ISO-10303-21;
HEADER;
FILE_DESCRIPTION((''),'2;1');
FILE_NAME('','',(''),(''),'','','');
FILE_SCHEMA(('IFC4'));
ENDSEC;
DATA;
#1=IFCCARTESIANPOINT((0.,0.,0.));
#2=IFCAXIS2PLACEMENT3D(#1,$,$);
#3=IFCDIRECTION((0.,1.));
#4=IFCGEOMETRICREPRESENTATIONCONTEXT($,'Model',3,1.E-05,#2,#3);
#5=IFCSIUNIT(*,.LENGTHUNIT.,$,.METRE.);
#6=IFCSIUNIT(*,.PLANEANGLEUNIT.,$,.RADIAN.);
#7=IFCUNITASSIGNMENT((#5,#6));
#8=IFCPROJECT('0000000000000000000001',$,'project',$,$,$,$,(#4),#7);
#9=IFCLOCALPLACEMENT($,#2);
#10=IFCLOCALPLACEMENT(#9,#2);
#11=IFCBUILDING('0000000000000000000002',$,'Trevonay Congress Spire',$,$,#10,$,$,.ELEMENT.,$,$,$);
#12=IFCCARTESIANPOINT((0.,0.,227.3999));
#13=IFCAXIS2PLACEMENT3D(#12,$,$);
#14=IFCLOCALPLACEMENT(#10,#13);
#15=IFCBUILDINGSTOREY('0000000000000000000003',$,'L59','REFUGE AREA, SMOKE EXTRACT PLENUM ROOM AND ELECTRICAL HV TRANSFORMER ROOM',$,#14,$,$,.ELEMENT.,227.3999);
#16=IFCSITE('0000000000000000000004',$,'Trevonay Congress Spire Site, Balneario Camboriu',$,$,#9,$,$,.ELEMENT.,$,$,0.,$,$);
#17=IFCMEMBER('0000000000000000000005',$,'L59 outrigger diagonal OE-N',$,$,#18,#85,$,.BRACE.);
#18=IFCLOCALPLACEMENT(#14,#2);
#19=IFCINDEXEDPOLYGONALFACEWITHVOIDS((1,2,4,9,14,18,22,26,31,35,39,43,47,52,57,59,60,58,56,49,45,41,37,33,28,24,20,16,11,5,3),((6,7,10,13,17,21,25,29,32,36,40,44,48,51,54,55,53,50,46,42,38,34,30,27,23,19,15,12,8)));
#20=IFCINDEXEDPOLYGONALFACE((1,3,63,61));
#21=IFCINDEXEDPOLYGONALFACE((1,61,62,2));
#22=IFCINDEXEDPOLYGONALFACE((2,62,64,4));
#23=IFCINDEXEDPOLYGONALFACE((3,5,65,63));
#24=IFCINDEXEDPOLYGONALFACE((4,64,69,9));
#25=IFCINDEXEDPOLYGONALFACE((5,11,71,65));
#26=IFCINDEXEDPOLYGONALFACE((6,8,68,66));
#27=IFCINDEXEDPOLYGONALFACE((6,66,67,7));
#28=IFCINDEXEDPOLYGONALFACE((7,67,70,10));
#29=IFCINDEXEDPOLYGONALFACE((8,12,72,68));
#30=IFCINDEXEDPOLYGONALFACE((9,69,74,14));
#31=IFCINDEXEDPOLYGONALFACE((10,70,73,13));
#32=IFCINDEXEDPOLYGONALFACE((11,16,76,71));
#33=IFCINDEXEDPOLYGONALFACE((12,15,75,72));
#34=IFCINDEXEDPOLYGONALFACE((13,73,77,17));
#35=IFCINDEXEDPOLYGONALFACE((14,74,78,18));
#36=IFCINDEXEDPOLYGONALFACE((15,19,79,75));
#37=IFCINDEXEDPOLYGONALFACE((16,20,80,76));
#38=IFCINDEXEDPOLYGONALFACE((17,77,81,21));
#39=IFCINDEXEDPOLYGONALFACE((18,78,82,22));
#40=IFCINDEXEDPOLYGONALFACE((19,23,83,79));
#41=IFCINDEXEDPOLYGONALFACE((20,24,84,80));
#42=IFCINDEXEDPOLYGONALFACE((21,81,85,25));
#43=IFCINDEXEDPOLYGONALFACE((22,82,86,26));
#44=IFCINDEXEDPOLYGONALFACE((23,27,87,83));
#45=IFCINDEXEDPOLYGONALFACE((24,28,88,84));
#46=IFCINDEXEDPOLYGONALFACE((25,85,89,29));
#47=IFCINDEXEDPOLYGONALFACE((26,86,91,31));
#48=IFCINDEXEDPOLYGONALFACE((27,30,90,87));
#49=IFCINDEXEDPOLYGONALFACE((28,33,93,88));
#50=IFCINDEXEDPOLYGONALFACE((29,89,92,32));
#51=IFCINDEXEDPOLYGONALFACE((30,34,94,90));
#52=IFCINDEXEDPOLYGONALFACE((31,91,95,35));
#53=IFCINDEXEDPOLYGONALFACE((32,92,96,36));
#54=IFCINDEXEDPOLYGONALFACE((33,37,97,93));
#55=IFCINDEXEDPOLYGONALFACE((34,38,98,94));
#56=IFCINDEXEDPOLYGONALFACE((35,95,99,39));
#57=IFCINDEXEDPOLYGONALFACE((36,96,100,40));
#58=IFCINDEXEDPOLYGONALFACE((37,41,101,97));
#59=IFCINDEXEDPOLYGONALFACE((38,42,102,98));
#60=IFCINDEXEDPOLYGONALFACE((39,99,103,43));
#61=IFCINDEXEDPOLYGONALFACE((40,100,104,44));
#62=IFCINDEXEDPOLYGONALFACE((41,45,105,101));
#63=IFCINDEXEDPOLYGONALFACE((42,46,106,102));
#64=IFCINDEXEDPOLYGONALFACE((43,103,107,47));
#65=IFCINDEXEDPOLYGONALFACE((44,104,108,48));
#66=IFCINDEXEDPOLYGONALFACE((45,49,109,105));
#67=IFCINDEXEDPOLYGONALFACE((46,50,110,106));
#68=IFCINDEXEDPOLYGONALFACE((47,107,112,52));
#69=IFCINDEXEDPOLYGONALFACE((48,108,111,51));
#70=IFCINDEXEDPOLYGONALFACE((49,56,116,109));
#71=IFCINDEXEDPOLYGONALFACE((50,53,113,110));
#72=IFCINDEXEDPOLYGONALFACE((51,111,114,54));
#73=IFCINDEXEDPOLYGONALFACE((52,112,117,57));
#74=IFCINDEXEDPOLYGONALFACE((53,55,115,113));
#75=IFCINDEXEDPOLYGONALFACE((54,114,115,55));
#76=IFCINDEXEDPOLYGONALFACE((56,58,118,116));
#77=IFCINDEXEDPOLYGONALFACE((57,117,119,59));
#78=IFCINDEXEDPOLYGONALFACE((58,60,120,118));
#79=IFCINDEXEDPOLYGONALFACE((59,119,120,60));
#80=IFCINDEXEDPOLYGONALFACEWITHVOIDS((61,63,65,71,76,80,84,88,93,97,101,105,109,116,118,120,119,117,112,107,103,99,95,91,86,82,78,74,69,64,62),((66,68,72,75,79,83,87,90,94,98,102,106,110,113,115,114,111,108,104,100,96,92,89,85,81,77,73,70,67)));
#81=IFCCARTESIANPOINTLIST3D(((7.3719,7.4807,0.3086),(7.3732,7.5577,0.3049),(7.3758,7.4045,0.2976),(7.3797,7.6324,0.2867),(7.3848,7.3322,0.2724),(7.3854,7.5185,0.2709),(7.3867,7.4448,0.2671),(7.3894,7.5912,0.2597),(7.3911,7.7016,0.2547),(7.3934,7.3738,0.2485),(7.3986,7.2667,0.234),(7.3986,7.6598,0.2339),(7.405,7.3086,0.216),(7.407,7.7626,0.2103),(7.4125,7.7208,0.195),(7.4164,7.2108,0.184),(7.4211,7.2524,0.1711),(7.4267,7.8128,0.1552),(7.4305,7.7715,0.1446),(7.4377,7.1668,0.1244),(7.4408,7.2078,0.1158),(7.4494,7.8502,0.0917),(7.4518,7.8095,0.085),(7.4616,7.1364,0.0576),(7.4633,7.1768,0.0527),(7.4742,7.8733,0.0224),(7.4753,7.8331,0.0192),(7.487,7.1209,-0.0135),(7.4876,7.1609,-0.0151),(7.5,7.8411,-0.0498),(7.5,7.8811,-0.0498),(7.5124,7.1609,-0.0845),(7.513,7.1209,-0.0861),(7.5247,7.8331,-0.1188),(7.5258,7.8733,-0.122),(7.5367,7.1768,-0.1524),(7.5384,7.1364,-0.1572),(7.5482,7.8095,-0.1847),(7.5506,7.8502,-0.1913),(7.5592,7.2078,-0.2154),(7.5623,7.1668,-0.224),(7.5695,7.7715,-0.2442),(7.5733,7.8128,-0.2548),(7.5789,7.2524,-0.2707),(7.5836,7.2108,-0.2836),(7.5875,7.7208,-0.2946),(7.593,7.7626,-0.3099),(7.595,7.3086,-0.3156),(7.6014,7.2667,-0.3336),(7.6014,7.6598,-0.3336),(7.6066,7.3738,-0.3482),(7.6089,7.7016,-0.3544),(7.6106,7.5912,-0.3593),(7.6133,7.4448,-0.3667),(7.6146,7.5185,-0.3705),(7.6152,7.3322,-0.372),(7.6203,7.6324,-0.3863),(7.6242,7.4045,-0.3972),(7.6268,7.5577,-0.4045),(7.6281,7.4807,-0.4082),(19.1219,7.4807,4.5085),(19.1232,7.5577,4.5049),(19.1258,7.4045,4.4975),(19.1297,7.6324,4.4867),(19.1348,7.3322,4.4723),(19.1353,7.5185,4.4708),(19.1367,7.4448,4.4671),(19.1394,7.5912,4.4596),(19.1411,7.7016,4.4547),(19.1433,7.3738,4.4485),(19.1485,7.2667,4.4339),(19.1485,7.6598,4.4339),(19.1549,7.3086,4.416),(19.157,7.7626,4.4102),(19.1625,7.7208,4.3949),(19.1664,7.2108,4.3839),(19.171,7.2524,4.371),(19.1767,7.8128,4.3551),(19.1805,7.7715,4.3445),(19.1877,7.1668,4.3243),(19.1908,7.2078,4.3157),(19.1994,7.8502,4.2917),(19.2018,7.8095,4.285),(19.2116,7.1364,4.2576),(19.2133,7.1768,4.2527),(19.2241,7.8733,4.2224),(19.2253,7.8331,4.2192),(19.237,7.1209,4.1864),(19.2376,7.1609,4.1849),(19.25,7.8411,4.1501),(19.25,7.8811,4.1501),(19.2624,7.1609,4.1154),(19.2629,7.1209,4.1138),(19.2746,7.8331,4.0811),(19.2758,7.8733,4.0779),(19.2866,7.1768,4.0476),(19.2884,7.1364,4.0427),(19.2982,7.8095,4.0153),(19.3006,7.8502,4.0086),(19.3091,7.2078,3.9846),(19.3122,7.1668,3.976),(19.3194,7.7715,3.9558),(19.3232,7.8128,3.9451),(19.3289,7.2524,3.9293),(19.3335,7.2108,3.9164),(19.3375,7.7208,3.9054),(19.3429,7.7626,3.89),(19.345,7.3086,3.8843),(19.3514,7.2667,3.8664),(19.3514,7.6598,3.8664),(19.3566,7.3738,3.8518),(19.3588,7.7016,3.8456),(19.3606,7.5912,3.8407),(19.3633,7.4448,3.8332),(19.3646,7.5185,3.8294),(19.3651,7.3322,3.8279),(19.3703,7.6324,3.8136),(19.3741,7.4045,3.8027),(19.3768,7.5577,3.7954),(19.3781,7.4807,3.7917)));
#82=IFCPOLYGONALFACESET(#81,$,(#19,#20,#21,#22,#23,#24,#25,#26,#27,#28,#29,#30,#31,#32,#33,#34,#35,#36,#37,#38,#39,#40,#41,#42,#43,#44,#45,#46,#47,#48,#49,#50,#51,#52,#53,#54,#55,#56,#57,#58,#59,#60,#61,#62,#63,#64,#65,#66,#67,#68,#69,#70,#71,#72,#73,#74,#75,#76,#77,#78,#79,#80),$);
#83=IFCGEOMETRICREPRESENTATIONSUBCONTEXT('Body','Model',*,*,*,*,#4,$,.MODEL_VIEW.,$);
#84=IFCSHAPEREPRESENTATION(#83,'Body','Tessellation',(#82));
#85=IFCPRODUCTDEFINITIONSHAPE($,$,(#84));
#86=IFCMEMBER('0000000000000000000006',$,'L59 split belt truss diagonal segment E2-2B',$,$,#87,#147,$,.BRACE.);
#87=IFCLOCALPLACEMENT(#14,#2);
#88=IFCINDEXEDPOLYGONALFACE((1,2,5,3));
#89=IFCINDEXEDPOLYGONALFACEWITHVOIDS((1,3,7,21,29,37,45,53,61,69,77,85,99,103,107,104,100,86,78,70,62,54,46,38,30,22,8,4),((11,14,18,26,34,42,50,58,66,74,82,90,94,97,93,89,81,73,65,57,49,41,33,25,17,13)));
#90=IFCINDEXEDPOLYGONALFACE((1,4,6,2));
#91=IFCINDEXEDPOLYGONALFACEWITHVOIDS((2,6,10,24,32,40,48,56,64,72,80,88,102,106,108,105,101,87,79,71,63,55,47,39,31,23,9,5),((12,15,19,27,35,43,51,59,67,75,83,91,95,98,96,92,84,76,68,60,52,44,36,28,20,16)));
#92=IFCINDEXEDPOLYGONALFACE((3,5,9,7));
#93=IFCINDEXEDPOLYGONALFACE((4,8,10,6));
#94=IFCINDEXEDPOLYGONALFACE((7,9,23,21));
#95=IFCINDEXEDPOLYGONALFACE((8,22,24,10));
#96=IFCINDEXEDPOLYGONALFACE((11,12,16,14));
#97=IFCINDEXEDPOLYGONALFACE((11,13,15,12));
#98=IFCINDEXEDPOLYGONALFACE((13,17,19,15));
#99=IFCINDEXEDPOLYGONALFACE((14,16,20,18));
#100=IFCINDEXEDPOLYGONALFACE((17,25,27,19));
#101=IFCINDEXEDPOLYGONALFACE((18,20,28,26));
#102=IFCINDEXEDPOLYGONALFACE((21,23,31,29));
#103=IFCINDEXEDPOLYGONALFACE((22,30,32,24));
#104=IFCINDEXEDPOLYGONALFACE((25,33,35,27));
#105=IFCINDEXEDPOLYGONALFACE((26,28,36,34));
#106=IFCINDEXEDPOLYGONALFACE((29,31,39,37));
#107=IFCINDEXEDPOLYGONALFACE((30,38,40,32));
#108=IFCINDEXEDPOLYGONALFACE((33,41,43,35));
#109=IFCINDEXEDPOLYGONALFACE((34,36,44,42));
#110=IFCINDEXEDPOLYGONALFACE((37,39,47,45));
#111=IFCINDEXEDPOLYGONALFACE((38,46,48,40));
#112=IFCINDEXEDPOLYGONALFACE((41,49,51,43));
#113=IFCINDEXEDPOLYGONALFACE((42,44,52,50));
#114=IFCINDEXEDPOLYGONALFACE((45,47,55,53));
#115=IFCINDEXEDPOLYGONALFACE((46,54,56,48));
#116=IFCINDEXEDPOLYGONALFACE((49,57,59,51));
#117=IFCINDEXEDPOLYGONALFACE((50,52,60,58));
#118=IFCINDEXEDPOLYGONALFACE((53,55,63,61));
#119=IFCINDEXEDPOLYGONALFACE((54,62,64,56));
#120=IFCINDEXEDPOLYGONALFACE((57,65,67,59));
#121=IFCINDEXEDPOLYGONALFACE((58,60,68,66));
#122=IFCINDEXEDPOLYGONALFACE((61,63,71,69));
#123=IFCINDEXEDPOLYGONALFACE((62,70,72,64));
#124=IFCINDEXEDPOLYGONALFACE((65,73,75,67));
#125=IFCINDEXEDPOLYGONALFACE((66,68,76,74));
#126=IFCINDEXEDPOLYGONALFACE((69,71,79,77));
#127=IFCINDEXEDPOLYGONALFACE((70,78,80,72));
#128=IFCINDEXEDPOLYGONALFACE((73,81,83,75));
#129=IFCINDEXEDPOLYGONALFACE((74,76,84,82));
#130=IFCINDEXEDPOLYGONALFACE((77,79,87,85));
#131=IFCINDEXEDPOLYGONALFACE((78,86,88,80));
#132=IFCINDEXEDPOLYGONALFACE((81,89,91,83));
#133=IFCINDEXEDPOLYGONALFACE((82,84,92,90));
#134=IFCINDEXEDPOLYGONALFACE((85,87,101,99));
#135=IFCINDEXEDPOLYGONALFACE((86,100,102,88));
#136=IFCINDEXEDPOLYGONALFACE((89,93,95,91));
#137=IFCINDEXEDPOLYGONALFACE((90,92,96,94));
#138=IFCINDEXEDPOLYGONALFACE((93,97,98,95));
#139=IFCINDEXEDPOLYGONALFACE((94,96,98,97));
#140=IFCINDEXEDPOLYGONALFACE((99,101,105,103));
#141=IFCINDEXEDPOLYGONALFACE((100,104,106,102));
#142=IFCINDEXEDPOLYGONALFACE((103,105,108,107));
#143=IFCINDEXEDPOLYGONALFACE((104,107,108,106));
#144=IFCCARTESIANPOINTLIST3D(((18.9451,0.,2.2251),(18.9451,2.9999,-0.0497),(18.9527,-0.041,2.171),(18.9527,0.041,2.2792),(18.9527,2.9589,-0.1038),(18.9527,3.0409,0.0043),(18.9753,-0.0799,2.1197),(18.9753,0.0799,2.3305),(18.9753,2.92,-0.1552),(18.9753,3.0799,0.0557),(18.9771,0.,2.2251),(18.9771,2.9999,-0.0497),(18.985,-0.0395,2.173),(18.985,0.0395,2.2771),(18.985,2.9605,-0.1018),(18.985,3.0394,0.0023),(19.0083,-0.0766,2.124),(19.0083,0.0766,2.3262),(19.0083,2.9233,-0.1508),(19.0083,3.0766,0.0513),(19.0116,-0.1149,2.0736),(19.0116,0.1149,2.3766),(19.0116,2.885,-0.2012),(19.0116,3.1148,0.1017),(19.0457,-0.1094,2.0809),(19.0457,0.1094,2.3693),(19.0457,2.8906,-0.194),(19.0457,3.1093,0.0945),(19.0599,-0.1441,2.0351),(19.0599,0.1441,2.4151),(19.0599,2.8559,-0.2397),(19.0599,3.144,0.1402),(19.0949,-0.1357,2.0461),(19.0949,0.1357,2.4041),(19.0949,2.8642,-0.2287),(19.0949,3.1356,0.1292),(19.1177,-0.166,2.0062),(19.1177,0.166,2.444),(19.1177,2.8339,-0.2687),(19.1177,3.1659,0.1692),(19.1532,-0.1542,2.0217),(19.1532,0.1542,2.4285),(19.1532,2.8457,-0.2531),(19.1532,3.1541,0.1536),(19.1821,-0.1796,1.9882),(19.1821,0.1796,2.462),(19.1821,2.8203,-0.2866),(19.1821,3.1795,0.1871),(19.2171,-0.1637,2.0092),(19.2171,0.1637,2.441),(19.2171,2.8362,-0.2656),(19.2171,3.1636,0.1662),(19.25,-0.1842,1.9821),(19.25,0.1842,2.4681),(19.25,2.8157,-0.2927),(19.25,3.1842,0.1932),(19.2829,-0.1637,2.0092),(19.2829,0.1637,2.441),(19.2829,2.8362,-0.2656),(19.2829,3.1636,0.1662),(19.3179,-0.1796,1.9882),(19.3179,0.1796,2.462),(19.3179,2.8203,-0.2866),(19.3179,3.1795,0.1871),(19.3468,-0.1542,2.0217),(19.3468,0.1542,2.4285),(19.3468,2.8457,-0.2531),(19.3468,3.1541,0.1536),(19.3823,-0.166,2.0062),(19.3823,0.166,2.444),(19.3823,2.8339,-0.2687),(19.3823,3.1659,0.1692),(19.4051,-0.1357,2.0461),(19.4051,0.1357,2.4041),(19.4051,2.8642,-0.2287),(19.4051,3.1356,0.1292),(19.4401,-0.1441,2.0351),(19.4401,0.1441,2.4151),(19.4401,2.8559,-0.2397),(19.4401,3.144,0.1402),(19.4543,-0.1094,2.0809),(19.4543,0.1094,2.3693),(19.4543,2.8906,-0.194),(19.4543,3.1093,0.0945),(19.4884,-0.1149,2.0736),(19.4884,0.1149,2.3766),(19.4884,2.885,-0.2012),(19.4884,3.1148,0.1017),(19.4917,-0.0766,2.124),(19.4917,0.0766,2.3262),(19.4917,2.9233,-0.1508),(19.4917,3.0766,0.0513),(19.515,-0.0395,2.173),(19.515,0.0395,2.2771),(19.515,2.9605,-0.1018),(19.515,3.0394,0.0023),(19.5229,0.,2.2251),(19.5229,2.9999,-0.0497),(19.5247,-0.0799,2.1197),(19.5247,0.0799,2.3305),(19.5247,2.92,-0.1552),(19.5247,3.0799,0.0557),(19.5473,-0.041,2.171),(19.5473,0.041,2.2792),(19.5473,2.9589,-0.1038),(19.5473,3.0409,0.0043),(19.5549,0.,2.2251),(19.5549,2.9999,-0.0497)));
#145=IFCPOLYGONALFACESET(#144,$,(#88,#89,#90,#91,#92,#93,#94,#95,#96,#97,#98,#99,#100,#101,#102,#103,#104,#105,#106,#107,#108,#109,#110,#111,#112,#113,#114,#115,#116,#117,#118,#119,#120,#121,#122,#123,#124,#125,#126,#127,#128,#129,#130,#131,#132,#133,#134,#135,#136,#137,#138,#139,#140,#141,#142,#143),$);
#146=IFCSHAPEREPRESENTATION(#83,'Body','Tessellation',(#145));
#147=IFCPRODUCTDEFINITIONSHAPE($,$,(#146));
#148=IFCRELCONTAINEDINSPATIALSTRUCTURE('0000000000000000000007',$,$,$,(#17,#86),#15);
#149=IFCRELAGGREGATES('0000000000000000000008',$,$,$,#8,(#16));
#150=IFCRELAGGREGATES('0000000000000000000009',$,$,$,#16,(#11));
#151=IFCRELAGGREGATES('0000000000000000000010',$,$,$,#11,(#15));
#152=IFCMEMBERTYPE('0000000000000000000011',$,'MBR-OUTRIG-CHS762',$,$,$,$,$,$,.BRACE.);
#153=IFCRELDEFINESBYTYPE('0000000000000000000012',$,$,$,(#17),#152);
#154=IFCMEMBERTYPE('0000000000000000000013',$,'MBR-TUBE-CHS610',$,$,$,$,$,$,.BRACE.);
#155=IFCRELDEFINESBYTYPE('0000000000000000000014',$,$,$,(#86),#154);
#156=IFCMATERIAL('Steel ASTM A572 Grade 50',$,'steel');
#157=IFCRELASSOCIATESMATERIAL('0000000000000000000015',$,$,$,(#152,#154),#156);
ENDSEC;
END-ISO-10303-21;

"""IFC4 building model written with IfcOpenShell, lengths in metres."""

from ifc_helpers import new_model, si_unit, direction, frame, origin, origin_2d, place, context, subcontext, project, spatial, hollow_circle, extrude, material, material_profile, profile_set, type_object, element, save


model = new_model("IFC4")

# Units and contexts
model_context = context("Model", 3, precision=1e-05, world=origin(), true_north=direction((0.0, 1.0)))
body_context = subcontext(model_context, "Body", "Model", "MODEL_VIEW")
ifc_project = project(units=[si_unit("LENGTHUNIT", "METRE"), si_unit("PLANEANGLEUNIT", "RADIAN")], contexts=[model_context])

# Site, building, storey
site_placement = place(None, origin())
site = spatial("IfcSite", under=ifc_project, at=site_placement, Name="Trevonay Congress Spire Site, Balneario Camboriu", CompositionType="ELEMENT", RefElevation=0.0)
building_placement = place(site_placement, origin())
building = spatial("IfcBuilding", under=site, at=building_placement, Name="Trevonay Congress Spire", CompositionType="ELEMENT")
storey_placement = place(building_placement, frame((0.0, 0.0, 227.3999)))
storey = spatial("IfcBuildingStorey", under=building, at=storey_placement, Name="L59", Description="REFUGE AREA, SMOKE EXTRACT PLENUM ROOM AND ELECTRICAL HV TRANSFORMER ROOM", CompositionType="ELEMENT", Elevation=227.3999)

# Shared definitions
ifc_material_1 = material(Name="Steel ASTM A572 Grade 50", Category="steel")

# Members
ifc_material_profile_1 = material_profile(ifc_material_1, hollow_circle(Radius=0.3811, WallThickness=0.04, at=origin_2d()), Name="CHS 762x40")
ifc_profile_set_1 = profile_set([ifc_material_profile_1], Name="Steel ASTM A572 Grade 50")
member_type_1 = type_object("IfcMemberType", Name="MBR-OUTRIG-CHS762", PredefinedType="BRACE", material=ifc_profile_set_1)
member_1_placement = place(storey_placement, frame((7.5, 7.5, -0.0498), z_axis=(0.941652, 0.0, 0.336587), x_axis=(0.0, 1.0, 0.0)))
element("IfcMember", 1, at=member_1_placement, inside=storey, type_object=member_type_1, Name="L59 outrigger diagonal OE-N", PredefinedType="BRACE", context=body_context, shape_type="SweptSolid", body=[
    extrude(hollow_circle(Radius=0.3811, WallThickness=0.04, at=origin_2d()), origin(), (0.0, 0.0, 1.0), 12.478),
])
ifc_material_profile_2 = material_profile(ifc_material_1, hollow_circle(Radius=0.3049, WallThickness=0.032, at=origin_2d()), Name="CHS 610x32")
ifc_profile_set_2 = profile_set([ifc_material_profile_2], Name="Steel ASTM A572 Grade 50")
member_type_2 = type_object("IfcMemberType", Name="MBR-TUBE-CHS610", PredefinedType="BRACE", material=ifc_profile_set_2)
member_2_placement = place(storey_placement, frame((19.25, 0.0, 2.2251), z_axis=(0.0, 0.796814, -0.604225), x_axis=(-1.0, 0.0, 0.0)))
element("IfcMember", 2, at=member_2_placement, inside=storey, type_object=member_type_2, Name="L59 split belt truss diagonal segment E2-2B", PredefinedType="BRACE", context=body_context, shape_type="SweptSolid", body=[
    extrude(hollow_circle(Radius=0.3049, WallThickness=0.032, at=origin_2d()), origin(), (0.0, 0.0, 1.0), 3.7649),
])

save(model, "model.ifc")
